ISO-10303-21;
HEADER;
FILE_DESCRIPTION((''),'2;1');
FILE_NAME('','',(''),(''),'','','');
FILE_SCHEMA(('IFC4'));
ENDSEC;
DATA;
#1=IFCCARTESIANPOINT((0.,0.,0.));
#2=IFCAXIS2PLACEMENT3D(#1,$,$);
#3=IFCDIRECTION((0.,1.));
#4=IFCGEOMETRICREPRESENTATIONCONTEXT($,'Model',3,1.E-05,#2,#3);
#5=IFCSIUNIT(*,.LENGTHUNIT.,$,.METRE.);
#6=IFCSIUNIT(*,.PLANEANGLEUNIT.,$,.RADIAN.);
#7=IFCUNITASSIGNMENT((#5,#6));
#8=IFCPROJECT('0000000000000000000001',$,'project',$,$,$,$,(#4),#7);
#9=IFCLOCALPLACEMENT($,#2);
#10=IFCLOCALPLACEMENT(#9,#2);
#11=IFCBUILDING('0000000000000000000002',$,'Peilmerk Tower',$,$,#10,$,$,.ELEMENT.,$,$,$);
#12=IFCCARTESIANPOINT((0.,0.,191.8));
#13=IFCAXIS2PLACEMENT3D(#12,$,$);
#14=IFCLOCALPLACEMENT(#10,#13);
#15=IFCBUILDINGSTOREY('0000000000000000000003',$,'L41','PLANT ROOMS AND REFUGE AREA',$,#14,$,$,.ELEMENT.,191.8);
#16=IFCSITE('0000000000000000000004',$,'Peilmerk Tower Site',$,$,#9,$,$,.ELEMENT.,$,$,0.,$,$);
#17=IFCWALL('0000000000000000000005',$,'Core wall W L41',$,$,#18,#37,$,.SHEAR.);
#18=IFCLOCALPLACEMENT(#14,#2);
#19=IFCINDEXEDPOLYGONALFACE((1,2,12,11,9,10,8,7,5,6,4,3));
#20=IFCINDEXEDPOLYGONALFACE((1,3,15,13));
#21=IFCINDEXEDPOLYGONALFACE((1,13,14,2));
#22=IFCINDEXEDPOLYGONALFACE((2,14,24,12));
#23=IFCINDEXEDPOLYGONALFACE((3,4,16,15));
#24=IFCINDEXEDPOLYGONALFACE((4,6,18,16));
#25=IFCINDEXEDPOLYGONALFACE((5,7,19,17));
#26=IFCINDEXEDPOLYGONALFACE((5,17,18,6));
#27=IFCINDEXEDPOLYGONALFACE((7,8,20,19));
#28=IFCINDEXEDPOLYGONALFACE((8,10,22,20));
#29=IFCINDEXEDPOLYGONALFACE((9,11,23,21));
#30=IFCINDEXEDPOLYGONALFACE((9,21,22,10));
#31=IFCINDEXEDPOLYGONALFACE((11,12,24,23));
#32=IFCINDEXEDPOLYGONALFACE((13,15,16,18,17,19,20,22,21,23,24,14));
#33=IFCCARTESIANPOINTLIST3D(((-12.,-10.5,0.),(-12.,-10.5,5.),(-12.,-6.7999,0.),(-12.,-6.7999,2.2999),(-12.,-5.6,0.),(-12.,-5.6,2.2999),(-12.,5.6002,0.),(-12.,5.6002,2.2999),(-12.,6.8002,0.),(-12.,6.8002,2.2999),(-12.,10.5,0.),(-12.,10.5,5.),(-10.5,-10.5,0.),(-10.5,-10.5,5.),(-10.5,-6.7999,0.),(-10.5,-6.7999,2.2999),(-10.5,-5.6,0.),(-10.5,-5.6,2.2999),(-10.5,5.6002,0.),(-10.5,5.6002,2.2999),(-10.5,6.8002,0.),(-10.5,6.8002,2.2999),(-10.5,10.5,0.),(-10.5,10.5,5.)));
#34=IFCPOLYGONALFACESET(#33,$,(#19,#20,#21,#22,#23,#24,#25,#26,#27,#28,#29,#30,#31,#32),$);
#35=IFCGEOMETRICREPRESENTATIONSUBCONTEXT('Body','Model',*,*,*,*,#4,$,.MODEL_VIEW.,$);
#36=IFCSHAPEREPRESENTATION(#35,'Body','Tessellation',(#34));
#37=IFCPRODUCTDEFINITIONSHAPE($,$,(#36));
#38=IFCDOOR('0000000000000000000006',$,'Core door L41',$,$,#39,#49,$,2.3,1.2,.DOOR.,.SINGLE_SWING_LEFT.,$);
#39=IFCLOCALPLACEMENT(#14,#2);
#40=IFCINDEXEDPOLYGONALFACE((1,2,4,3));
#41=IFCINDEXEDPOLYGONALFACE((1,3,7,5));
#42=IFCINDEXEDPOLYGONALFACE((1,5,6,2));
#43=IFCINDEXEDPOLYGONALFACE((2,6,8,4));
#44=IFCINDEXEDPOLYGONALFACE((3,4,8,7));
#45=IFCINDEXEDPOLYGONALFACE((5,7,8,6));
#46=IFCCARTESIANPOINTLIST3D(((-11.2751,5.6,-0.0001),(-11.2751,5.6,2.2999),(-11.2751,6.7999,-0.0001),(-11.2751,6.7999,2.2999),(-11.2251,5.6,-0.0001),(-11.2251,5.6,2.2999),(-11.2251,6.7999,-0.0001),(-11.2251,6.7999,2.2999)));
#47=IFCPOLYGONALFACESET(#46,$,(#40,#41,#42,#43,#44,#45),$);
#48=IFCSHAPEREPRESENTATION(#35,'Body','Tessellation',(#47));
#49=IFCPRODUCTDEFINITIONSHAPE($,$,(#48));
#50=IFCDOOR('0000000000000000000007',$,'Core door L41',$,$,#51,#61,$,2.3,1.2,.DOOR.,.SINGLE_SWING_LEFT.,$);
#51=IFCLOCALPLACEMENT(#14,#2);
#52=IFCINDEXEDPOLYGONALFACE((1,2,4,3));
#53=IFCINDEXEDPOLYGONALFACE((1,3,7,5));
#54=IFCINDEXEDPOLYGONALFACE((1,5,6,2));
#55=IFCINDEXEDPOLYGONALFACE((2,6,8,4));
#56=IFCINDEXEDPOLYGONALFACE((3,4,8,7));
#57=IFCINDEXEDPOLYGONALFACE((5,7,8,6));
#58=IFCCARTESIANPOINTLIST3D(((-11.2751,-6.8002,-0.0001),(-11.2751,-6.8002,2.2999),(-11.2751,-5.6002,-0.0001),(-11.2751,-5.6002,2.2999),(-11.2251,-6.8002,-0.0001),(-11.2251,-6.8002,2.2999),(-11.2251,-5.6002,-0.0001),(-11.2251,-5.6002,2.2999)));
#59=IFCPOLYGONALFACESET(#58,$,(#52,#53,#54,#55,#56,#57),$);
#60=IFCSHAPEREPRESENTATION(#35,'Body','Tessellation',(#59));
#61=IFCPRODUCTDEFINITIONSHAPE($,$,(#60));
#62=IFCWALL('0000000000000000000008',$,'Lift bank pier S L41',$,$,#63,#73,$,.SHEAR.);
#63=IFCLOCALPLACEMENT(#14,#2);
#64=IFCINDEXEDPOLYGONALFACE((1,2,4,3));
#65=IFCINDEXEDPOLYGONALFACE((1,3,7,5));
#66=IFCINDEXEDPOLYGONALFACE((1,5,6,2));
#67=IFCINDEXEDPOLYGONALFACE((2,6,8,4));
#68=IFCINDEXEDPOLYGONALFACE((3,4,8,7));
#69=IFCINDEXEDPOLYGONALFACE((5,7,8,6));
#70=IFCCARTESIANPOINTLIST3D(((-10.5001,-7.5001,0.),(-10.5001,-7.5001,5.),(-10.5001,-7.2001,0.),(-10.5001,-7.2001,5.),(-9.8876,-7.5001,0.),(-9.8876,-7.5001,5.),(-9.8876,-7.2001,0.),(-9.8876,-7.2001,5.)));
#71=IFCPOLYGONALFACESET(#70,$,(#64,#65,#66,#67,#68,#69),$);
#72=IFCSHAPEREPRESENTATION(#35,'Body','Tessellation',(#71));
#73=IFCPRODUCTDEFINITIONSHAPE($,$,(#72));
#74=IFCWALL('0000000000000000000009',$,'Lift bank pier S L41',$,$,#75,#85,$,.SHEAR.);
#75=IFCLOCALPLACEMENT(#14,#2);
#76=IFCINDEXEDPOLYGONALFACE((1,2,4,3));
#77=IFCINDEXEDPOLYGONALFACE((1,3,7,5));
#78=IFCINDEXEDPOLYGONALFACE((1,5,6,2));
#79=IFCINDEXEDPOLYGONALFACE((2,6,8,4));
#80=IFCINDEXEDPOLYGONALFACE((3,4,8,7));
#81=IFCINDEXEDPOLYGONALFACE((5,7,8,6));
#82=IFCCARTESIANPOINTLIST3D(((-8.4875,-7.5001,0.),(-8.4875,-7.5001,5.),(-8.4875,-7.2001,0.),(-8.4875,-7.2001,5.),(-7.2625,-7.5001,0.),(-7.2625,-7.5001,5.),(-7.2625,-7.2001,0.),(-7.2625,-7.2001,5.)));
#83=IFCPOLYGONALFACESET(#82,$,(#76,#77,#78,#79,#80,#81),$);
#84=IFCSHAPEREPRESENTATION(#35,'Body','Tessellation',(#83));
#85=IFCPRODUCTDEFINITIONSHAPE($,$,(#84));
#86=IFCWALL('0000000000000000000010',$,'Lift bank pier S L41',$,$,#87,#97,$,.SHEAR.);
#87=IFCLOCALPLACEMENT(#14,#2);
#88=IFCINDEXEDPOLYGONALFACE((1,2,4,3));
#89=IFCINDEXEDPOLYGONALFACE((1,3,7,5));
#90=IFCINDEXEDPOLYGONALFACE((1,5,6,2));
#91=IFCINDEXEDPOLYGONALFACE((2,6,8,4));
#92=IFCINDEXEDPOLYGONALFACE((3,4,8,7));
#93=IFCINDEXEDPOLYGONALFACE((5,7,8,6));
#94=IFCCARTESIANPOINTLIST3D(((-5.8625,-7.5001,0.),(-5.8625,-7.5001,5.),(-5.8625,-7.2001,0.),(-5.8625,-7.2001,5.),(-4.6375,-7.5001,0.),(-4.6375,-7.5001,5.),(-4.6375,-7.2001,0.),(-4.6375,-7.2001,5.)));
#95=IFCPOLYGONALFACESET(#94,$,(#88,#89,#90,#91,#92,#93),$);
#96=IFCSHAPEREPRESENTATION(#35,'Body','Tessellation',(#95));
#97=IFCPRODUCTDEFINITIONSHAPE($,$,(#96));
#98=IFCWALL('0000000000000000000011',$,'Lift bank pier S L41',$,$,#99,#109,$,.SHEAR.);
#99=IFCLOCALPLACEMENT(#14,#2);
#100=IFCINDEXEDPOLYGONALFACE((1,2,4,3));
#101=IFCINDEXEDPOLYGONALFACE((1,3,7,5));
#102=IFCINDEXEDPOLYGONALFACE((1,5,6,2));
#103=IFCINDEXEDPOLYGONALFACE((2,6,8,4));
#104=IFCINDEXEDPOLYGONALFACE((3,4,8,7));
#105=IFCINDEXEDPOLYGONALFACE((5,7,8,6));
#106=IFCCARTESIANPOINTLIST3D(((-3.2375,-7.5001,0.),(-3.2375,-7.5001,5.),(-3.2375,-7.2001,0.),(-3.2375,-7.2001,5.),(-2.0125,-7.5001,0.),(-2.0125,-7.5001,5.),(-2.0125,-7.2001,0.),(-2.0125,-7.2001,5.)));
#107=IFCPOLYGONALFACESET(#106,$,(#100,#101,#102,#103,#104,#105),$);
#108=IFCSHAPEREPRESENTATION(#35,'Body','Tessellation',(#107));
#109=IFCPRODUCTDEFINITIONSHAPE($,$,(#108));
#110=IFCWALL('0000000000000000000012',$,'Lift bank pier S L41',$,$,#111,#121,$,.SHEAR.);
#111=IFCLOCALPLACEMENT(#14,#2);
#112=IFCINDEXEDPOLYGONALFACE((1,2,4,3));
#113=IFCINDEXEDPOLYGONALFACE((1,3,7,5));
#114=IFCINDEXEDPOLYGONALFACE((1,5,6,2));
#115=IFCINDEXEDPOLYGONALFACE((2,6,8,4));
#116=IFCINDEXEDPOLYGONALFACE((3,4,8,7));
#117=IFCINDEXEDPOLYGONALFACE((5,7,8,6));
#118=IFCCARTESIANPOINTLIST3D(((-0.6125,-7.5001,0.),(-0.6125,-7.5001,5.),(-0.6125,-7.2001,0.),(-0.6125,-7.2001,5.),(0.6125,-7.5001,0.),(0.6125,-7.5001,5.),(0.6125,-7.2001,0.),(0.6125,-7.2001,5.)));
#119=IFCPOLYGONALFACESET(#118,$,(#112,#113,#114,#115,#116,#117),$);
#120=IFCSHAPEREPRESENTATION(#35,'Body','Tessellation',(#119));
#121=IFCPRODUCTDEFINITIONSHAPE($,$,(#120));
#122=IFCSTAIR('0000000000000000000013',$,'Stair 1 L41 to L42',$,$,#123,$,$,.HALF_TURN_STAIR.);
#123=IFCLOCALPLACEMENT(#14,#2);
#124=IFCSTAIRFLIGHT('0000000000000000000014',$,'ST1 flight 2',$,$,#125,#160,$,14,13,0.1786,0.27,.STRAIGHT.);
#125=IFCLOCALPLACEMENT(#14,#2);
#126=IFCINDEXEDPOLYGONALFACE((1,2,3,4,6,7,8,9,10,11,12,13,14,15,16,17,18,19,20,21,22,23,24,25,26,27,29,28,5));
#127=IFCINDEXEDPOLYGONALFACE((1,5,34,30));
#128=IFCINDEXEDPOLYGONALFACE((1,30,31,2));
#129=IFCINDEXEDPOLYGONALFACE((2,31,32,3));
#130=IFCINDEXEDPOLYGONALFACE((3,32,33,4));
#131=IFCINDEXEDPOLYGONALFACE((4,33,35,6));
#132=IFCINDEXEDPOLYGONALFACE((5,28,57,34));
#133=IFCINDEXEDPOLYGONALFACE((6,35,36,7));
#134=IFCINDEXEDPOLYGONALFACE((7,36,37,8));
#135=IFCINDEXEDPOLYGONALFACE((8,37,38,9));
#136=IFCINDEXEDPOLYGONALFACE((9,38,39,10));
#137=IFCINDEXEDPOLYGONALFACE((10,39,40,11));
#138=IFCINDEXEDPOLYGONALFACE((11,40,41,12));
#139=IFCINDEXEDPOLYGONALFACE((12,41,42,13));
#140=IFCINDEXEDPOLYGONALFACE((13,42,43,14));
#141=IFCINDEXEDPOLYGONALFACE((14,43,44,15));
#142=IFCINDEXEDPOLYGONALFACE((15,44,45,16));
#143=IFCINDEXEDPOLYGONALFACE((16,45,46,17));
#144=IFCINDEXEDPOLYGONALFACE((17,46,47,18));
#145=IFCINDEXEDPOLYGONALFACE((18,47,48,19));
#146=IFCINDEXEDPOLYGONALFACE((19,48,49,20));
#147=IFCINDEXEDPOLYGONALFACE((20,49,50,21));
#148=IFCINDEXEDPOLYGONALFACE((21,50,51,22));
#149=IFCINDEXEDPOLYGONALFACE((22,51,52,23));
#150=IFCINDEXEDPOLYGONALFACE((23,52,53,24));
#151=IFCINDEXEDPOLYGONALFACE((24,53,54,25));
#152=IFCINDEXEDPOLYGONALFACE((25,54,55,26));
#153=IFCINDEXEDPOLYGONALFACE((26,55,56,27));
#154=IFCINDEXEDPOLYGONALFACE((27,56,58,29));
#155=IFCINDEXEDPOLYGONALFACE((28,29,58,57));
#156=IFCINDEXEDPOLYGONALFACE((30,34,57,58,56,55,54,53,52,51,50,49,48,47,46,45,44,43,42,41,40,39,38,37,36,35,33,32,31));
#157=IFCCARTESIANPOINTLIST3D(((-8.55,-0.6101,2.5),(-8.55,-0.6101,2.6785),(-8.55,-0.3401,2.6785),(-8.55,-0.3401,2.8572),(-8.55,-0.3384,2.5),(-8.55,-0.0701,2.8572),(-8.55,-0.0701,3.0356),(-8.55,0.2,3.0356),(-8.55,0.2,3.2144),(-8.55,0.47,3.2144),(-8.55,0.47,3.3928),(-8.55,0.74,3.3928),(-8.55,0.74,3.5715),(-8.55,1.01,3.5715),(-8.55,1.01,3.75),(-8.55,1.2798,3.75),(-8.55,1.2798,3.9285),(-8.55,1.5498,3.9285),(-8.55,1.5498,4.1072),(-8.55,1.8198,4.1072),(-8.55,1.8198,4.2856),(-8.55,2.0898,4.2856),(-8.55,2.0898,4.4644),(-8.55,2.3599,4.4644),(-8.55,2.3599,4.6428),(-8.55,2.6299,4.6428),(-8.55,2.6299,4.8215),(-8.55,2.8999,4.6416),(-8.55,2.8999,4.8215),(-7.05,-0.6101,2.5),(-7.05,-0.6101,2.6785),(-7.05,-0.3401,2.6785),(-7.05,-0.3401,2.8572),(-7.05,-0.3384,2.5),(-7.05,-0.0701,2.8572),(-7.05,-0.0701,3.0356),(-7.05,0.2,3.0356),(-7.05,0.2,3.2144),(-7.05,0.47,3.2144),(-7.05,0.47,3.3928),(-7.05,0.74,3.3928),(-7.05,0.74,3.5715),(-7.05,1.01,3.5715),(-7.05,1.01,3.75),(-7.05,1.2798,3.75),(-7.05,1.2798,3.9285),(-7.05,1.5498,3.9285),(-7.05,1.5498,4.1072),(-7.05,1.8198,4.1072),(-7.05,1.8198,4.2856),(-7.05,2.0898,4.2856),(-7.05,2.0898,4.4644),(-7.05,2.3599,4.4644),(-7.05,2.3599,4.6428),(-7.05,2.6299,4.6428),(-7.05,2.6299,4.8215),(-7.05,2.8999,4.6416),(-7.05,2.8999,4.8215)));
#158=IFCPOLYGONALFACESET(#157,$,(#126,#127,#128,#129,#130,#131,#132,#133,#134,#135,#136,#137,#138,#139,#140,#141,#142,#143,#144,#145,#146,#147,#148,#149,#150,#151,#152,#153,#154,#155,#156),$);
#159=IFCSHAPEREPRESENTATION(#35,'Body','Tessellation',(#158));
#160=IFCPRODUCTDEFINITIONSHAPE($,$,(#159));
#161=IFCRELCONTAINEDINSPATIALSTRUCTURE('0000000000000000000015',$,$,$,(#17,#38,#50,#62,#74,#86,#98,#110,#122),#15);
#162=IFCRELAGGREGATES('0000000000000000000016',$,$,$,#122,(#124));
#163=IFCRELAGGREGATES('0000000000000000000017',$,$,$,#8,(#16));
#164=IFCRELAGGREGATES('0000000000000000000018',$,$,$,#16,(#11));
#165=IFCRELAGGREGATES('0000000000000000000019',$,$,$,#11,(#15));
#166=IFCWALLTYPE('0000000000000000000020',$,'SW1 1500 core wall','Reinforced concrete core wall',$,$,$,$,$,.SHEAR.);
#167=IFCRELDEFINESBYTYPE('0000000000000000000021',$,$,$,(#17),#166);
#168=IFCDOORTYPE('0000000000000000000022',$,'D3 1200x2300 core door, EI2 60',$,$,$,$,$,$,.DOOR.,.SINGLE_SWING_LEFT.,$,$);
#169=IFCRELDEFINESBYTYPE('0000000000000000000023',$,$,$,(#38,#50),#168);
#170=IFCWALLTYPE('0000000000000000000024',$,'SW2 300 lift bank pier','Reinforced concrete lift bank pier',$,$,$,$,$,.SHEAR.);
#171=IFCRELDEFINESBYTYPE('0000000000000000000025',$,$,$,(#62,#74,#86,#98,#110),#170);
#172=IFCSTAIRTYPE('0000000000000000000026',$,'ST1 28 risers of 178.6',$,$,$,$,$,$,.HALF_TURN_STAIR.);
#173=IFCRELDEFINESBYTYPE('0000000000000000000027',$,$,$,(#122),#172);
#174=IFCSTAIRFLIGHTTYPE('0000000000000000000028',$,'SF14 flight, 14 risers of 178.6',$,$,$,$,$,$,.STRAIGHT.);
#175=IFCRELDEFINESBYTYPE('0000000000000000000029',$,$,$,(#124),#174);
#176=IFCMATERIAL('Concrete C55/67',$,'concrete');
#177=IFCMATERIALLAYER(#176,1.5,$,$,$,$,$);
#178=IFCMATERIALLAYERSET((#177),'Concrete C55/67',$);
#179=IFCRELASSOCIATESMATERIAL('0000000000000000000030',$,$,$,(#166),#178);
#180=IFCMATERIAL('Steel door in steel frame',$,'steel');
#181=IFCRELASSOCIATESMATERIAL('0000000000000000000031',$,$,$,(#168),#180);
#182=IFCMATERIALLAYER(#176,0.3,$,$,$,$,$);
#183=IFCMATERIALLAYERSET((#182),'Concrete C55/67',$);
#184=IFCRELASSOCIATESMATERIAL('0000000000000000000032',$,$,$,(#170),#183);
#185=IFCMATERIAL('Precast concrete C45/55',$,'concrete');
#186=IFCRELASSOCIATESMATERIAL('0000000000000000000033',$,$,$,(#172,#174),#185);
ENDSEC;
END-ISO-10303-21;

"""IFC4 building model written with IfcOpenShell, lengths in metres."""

from ifc_helpers import new_model, si_unit, direction, frame, frame_2d, origin, place, context, subcontext, project, spatial, polyline, rectangle, outline, extrude, material, layer, layer_set, type_object, element, fill, aggregate, save


model = new_model("IFC4")

# Units and contexts
model_context = context("Model", 3, precision=1e-05, world=origin(), true_north=direction((0.0, 1.0)))
body_context = subcontext(model_context, "Body", "Model", "MODEL_VIEW")
ifc_project = project(units=[si_unit("LENGTHUNIT", "METRE"), si_unit("PLANEANGLEUNIT", "RADIAN")], contexts=[model_context])

# Site, building, storey
site_placement = place(None, origin())
site = spatial("IfcSite", under=ifc_project, at=site_placement, Name="Peilmerk Tower Site", CompositionType="ELEMENT", RefElevation=0.0)
building_placement = place(site_placement, origin())
building = spatial("IfcBuilding", under=site, at=building_placement, Name="Peilmerk Tower", CompositionType="ELEMENT")
storey_placement = place(building_placement, frame((0.0, 0.0, 191.8)))
storey = spatial("IfcBuildingStorey", under=building, at=storey_placement, Name="L41", Description="PLANT ROOMS AND REFUGE AREA", CompositionType="ELEMENT", Elevation=191.8)

# Wall, openings, doors
ifc_material_1 = material(Name="Concrete C55/67", Category="concrete")
ifc_layer_1 = layer(ifc_material_1, 1.5)
ifc_layer_set_1 = layer_set([ifc_layer_1], Name="Concrete C55/67")
wall_type_1 = type_object("IfcWallType", Name="SW1 1500 core wall", Description="Reinforced concrete core wall", PredefinedType="SHEAR", material=ifc_layer_set_1)
wall_1_placement = place(storey_placement, frame((-11.25, -10.5, 0.0), z_axis=(0.0, 0.0, 1.0), x_axis=(0.0, 1.0, 0.0)))
wall_1 = element("IfcWall", 1, at=wall_1_placement, inside=storey, type_object=wall_type_1, Name="Core wall W L41", PredefinedType="SHEAR", context=body_context, shape_type="SweptSolid", body=[
    extrude(rectangle(XDim=21.0, YDim=1.5, at=frame_2d((10.5, 0.0))), origin(), (0.0, 0.0, 1.0), 5.0),
])
opening_1_placement = place(wall_1_placement, frame((16.1001, 0.0, 0.0)))
opening_1 = element("IfcOpeningElement", 2, at=opening_1_placement, cuts=wall_1, PredefinedType="OPENING", context=body_context, shape_type="SweptSolid", body=[
    extrude(rectangle(XDim=1.2, YDim=2.3, at=frame_2d((0.6001, 1.1499))), frame((0.0, 0.76, 0.0), z_axis=(0.0, -1.0, 0.0), x_axis=(1.0, 0.0, 0.0)), (0.0, 0.0, 1.0), 1.52),
])
opening_2_placement = place(wall_1_placement, frame((3.7, 0.0, 0.0)))
opening_2 = element("IfcOpeningElement", 3, at=opening_2_placement, cuts=wall_1, PredefinedType="OPENING", context=body_context, shape_type="SweptSolid", body=[
    extrude(rectangle(XDim=1.2, YDim=2.3, at=frame_2d((0.6001, 1.1499))), frame((0.0, 0.76, 0.0), z_axis=(0.0, -1.0, 0.0), x_axis=(1.0, 0.0, 0.0)), (0.0, 0.0, 1.0), 1.52),
])
ifc_material_2 = material(Name="Steel door in steel frame", Category="steel")
door_type = type_object("IfcDoorType", Name="D3 1200x2300 core door, EI2 60", OperationType="SINGLE_SWING_LEFT", PredefinedType="DOOR", material=ifc_material_2)
door_1_placement = place(opening_1_placement, frame((1.2, 0.0, 0.0), z_axis=(0.0, 0.0, 1.0), x_axis=(-1.0, 0.0, 0.0)))
door_1 = element("IfcDoor", 4, at=door_1_placement, inside=storey, type_object=door_type, Name="Core door L41", OperationType="SINGLE_SWING_LEFT", OverallHeight=2.3, OverallWidth=1.2, PredefinedType="DOOR", context=body_context, shape_type="SweptSolid", body=[
    extrude(rectangle(XDim=1.2, YDim=2.3, at=frame_2d((0.6001, 1.1499))), frame((0.0, 0.0249, 0.0), z_axis=(0.0, -1.0, 0.0), x_axis=(1.0, 0.0, 0.0)), (0.0, 0.0, 1.0), 0.05),
])
fill(opening_1, door_1)
door_2_placement = place(opening_2_placement, frame((1.2, 0.0, 0.0), z_axis=(0.0, 0.0, 1.0), x_axis=(-1.0, 0.0, 0.0)))
door_2 = element("IfcDoor", 5, at=door_2_placement, inside=storey, type_object=door_type, Name="Core door L41", OperationType="SINGLE_SWING_LEFT", OverallHeight=2.3, OverallWidth=1.2, PredefinedType="DOOR", context=body_context, shape_type="SweptSolid", body=[
    extrude(rectangle(XDim=1.2, YDim=2.3, at=frame_2d((0.6001, 1.1499))), frame((0.0, 0.0249, 0.0), z_axis=(0.0, -1.0, 0.0), x_axis=(1.0, 0.0, 0.0)), (0.0, 0.0, 1.0), 0.05),
])
fill(opening_2, door_2)

# Walls
ifc_layer_2 = layer(ifc_material_1, 0.3)
ifc_layer_set_2 = layer_set([ifc_layer_2], Name="Concrete C55/67")
wall_type_2 = type_object("IfcWallType", Name="SW2 300 lift bank pier", Description="Reinforced concrete lift bank pier", PredefinedType="SHEAR", material=ifc_layer_set_2)
wall_2_placement = place(storey_placement, frame((-10.5, -7.3501, 0.0), z_axis=(0.0, 0.0, 1.0), x_axis=(1.0, 0.0, 0.0)))
element("IfcWall", 6, at=wall_2_placement, inside=storey, type_object=wall_type_2, Name="Lift bank pier S L41", PredefinedType="SHEAR", context=body_context, shape_type="SweptSolid", body=[
    extrude(rectangle(XDim=0.6125, YDim=0.3, at=frame_2d((0.3062, 0.0))), origin(), (0.0, 0.0, 1.0), 5.0),
])
for number, where, z_axis, x_axis, name in (
    (7, (-8.4875, -7.3501, 0.0), (0.0, 0.0, 1.0), (1.0, 0.0, 0.0), "Lift bank pier S L41"),
    (8, (-5.8625, -7.3501, 0.0), (0.0, 0.0, 1.0), (1.0, 0.0, 0.0), "Lift bank pier S L41"),
    (9, (-3.2375, -7.3501, 0.0), (0.0, 0.0, 1.0), (1.0, 0.0, 0.0), "Lift bank pier S L41"),
    (10, (-0.6125, -7.3501, 0.0), (0.0, 0.0, 1.0), (1.0, 0.0, 0.0), "Lift bank pier S L41"),
):
    element("IfcWall", number, at=place(storey_placement, frame(where, z_axis=z_axis, x_axis=x_axis)), inside=storey, type_object=wall_type_2, Name=name, PredefinedType="SHEAR", context=body_context, shape_type="SweptSolid", body=[
        extrude(rectangle(XDim=1.2251, YDim=0.3, at=frame_2d((0.6125, 0.0))), origin(), (0.0, 0.0, 1.0), 5.0),
    ])

# Stair, stair flight
ifc_material_3 = material(Name="Precast concrete C45/55", Category="concrete")
stair_type = type_object("IfcStairType", Name="ST1 28 risers of 178.6", PredefinedType="HALF_TURN_STAIR", material=ifc_material_3)
stair_placement = place(storey_placement, origin())
stair = element("IfcStair", 11, at=stair_placement, inside=storey, type_object=stair_type, Name="Stair 1 L41 to L42", PredefinedType="HALF_TURN_STAIR")
stair_flight_type = type_object("IfcStairFlightType", Name="SF14 flight, 14 risers of 178.6", PredefinedType="STRAIGHT", material=ifc_material_3)
stair_flight_placement = place(storey_placement, frame((-7.8, -0.6101, 2.5), z_axis=(0.0, 0.0, 1.0), x_axis=(0.0, 1.0, 0.0)))
stair_flight = element("IfcStairFlight", 12, at=stair_flight_placement, type_object=stair_flight_type, Name="ST1 flight 2", NumberOfRisers=14, NumberOfTreads=13, PredefinedType="STRAIGHT", RiserHeight=0.1786, TreadLength=0.27, context=body_context, shape_type="SweptSolid", body=[
    extrude(outline(polyline([(0.0, 0.0), (0.0, 0.1785), (0.27, 0.1785), (0.27, 0.3572), (0.54, 0.3572), (0.54, 0.5356), (0.8101, 0.5356), (0.8101, 0.7144), (1.0801, 0.7144), (1.0801, 0.8928), (1.3501, 0.8928), (1.3501, 1.0715), (1.6201, 1.0715), (1.6201, 1.25), (1.8899, 1.25), (1.8899, 1.4285), (2.1599, 1.4285), (2.1599, 1.6072), (2.4299, 1.6072), (2.4299, 1.7856), (2.7, 1.7856), (2.7, 1.9644), (2.97, 1.9644), (2.97, 2.1428), (3.24, 2.1428), (3.24, 2.3215), (3.51, 2.3215), (3.51, 2.5), (3.51, 2.1416), (0.2717, 0.0), (0.0, 0.0)])), frame((0.0, 0.75, 0.0), z_axis=(0.0, -1.0, 0.0), x_axis=(1.0, 0.0, 0.0)), (0.0, 0.0, 1.0), 1.5),
])
aggregate(stair, [stair_flight])

save(model, "model.ifc")
